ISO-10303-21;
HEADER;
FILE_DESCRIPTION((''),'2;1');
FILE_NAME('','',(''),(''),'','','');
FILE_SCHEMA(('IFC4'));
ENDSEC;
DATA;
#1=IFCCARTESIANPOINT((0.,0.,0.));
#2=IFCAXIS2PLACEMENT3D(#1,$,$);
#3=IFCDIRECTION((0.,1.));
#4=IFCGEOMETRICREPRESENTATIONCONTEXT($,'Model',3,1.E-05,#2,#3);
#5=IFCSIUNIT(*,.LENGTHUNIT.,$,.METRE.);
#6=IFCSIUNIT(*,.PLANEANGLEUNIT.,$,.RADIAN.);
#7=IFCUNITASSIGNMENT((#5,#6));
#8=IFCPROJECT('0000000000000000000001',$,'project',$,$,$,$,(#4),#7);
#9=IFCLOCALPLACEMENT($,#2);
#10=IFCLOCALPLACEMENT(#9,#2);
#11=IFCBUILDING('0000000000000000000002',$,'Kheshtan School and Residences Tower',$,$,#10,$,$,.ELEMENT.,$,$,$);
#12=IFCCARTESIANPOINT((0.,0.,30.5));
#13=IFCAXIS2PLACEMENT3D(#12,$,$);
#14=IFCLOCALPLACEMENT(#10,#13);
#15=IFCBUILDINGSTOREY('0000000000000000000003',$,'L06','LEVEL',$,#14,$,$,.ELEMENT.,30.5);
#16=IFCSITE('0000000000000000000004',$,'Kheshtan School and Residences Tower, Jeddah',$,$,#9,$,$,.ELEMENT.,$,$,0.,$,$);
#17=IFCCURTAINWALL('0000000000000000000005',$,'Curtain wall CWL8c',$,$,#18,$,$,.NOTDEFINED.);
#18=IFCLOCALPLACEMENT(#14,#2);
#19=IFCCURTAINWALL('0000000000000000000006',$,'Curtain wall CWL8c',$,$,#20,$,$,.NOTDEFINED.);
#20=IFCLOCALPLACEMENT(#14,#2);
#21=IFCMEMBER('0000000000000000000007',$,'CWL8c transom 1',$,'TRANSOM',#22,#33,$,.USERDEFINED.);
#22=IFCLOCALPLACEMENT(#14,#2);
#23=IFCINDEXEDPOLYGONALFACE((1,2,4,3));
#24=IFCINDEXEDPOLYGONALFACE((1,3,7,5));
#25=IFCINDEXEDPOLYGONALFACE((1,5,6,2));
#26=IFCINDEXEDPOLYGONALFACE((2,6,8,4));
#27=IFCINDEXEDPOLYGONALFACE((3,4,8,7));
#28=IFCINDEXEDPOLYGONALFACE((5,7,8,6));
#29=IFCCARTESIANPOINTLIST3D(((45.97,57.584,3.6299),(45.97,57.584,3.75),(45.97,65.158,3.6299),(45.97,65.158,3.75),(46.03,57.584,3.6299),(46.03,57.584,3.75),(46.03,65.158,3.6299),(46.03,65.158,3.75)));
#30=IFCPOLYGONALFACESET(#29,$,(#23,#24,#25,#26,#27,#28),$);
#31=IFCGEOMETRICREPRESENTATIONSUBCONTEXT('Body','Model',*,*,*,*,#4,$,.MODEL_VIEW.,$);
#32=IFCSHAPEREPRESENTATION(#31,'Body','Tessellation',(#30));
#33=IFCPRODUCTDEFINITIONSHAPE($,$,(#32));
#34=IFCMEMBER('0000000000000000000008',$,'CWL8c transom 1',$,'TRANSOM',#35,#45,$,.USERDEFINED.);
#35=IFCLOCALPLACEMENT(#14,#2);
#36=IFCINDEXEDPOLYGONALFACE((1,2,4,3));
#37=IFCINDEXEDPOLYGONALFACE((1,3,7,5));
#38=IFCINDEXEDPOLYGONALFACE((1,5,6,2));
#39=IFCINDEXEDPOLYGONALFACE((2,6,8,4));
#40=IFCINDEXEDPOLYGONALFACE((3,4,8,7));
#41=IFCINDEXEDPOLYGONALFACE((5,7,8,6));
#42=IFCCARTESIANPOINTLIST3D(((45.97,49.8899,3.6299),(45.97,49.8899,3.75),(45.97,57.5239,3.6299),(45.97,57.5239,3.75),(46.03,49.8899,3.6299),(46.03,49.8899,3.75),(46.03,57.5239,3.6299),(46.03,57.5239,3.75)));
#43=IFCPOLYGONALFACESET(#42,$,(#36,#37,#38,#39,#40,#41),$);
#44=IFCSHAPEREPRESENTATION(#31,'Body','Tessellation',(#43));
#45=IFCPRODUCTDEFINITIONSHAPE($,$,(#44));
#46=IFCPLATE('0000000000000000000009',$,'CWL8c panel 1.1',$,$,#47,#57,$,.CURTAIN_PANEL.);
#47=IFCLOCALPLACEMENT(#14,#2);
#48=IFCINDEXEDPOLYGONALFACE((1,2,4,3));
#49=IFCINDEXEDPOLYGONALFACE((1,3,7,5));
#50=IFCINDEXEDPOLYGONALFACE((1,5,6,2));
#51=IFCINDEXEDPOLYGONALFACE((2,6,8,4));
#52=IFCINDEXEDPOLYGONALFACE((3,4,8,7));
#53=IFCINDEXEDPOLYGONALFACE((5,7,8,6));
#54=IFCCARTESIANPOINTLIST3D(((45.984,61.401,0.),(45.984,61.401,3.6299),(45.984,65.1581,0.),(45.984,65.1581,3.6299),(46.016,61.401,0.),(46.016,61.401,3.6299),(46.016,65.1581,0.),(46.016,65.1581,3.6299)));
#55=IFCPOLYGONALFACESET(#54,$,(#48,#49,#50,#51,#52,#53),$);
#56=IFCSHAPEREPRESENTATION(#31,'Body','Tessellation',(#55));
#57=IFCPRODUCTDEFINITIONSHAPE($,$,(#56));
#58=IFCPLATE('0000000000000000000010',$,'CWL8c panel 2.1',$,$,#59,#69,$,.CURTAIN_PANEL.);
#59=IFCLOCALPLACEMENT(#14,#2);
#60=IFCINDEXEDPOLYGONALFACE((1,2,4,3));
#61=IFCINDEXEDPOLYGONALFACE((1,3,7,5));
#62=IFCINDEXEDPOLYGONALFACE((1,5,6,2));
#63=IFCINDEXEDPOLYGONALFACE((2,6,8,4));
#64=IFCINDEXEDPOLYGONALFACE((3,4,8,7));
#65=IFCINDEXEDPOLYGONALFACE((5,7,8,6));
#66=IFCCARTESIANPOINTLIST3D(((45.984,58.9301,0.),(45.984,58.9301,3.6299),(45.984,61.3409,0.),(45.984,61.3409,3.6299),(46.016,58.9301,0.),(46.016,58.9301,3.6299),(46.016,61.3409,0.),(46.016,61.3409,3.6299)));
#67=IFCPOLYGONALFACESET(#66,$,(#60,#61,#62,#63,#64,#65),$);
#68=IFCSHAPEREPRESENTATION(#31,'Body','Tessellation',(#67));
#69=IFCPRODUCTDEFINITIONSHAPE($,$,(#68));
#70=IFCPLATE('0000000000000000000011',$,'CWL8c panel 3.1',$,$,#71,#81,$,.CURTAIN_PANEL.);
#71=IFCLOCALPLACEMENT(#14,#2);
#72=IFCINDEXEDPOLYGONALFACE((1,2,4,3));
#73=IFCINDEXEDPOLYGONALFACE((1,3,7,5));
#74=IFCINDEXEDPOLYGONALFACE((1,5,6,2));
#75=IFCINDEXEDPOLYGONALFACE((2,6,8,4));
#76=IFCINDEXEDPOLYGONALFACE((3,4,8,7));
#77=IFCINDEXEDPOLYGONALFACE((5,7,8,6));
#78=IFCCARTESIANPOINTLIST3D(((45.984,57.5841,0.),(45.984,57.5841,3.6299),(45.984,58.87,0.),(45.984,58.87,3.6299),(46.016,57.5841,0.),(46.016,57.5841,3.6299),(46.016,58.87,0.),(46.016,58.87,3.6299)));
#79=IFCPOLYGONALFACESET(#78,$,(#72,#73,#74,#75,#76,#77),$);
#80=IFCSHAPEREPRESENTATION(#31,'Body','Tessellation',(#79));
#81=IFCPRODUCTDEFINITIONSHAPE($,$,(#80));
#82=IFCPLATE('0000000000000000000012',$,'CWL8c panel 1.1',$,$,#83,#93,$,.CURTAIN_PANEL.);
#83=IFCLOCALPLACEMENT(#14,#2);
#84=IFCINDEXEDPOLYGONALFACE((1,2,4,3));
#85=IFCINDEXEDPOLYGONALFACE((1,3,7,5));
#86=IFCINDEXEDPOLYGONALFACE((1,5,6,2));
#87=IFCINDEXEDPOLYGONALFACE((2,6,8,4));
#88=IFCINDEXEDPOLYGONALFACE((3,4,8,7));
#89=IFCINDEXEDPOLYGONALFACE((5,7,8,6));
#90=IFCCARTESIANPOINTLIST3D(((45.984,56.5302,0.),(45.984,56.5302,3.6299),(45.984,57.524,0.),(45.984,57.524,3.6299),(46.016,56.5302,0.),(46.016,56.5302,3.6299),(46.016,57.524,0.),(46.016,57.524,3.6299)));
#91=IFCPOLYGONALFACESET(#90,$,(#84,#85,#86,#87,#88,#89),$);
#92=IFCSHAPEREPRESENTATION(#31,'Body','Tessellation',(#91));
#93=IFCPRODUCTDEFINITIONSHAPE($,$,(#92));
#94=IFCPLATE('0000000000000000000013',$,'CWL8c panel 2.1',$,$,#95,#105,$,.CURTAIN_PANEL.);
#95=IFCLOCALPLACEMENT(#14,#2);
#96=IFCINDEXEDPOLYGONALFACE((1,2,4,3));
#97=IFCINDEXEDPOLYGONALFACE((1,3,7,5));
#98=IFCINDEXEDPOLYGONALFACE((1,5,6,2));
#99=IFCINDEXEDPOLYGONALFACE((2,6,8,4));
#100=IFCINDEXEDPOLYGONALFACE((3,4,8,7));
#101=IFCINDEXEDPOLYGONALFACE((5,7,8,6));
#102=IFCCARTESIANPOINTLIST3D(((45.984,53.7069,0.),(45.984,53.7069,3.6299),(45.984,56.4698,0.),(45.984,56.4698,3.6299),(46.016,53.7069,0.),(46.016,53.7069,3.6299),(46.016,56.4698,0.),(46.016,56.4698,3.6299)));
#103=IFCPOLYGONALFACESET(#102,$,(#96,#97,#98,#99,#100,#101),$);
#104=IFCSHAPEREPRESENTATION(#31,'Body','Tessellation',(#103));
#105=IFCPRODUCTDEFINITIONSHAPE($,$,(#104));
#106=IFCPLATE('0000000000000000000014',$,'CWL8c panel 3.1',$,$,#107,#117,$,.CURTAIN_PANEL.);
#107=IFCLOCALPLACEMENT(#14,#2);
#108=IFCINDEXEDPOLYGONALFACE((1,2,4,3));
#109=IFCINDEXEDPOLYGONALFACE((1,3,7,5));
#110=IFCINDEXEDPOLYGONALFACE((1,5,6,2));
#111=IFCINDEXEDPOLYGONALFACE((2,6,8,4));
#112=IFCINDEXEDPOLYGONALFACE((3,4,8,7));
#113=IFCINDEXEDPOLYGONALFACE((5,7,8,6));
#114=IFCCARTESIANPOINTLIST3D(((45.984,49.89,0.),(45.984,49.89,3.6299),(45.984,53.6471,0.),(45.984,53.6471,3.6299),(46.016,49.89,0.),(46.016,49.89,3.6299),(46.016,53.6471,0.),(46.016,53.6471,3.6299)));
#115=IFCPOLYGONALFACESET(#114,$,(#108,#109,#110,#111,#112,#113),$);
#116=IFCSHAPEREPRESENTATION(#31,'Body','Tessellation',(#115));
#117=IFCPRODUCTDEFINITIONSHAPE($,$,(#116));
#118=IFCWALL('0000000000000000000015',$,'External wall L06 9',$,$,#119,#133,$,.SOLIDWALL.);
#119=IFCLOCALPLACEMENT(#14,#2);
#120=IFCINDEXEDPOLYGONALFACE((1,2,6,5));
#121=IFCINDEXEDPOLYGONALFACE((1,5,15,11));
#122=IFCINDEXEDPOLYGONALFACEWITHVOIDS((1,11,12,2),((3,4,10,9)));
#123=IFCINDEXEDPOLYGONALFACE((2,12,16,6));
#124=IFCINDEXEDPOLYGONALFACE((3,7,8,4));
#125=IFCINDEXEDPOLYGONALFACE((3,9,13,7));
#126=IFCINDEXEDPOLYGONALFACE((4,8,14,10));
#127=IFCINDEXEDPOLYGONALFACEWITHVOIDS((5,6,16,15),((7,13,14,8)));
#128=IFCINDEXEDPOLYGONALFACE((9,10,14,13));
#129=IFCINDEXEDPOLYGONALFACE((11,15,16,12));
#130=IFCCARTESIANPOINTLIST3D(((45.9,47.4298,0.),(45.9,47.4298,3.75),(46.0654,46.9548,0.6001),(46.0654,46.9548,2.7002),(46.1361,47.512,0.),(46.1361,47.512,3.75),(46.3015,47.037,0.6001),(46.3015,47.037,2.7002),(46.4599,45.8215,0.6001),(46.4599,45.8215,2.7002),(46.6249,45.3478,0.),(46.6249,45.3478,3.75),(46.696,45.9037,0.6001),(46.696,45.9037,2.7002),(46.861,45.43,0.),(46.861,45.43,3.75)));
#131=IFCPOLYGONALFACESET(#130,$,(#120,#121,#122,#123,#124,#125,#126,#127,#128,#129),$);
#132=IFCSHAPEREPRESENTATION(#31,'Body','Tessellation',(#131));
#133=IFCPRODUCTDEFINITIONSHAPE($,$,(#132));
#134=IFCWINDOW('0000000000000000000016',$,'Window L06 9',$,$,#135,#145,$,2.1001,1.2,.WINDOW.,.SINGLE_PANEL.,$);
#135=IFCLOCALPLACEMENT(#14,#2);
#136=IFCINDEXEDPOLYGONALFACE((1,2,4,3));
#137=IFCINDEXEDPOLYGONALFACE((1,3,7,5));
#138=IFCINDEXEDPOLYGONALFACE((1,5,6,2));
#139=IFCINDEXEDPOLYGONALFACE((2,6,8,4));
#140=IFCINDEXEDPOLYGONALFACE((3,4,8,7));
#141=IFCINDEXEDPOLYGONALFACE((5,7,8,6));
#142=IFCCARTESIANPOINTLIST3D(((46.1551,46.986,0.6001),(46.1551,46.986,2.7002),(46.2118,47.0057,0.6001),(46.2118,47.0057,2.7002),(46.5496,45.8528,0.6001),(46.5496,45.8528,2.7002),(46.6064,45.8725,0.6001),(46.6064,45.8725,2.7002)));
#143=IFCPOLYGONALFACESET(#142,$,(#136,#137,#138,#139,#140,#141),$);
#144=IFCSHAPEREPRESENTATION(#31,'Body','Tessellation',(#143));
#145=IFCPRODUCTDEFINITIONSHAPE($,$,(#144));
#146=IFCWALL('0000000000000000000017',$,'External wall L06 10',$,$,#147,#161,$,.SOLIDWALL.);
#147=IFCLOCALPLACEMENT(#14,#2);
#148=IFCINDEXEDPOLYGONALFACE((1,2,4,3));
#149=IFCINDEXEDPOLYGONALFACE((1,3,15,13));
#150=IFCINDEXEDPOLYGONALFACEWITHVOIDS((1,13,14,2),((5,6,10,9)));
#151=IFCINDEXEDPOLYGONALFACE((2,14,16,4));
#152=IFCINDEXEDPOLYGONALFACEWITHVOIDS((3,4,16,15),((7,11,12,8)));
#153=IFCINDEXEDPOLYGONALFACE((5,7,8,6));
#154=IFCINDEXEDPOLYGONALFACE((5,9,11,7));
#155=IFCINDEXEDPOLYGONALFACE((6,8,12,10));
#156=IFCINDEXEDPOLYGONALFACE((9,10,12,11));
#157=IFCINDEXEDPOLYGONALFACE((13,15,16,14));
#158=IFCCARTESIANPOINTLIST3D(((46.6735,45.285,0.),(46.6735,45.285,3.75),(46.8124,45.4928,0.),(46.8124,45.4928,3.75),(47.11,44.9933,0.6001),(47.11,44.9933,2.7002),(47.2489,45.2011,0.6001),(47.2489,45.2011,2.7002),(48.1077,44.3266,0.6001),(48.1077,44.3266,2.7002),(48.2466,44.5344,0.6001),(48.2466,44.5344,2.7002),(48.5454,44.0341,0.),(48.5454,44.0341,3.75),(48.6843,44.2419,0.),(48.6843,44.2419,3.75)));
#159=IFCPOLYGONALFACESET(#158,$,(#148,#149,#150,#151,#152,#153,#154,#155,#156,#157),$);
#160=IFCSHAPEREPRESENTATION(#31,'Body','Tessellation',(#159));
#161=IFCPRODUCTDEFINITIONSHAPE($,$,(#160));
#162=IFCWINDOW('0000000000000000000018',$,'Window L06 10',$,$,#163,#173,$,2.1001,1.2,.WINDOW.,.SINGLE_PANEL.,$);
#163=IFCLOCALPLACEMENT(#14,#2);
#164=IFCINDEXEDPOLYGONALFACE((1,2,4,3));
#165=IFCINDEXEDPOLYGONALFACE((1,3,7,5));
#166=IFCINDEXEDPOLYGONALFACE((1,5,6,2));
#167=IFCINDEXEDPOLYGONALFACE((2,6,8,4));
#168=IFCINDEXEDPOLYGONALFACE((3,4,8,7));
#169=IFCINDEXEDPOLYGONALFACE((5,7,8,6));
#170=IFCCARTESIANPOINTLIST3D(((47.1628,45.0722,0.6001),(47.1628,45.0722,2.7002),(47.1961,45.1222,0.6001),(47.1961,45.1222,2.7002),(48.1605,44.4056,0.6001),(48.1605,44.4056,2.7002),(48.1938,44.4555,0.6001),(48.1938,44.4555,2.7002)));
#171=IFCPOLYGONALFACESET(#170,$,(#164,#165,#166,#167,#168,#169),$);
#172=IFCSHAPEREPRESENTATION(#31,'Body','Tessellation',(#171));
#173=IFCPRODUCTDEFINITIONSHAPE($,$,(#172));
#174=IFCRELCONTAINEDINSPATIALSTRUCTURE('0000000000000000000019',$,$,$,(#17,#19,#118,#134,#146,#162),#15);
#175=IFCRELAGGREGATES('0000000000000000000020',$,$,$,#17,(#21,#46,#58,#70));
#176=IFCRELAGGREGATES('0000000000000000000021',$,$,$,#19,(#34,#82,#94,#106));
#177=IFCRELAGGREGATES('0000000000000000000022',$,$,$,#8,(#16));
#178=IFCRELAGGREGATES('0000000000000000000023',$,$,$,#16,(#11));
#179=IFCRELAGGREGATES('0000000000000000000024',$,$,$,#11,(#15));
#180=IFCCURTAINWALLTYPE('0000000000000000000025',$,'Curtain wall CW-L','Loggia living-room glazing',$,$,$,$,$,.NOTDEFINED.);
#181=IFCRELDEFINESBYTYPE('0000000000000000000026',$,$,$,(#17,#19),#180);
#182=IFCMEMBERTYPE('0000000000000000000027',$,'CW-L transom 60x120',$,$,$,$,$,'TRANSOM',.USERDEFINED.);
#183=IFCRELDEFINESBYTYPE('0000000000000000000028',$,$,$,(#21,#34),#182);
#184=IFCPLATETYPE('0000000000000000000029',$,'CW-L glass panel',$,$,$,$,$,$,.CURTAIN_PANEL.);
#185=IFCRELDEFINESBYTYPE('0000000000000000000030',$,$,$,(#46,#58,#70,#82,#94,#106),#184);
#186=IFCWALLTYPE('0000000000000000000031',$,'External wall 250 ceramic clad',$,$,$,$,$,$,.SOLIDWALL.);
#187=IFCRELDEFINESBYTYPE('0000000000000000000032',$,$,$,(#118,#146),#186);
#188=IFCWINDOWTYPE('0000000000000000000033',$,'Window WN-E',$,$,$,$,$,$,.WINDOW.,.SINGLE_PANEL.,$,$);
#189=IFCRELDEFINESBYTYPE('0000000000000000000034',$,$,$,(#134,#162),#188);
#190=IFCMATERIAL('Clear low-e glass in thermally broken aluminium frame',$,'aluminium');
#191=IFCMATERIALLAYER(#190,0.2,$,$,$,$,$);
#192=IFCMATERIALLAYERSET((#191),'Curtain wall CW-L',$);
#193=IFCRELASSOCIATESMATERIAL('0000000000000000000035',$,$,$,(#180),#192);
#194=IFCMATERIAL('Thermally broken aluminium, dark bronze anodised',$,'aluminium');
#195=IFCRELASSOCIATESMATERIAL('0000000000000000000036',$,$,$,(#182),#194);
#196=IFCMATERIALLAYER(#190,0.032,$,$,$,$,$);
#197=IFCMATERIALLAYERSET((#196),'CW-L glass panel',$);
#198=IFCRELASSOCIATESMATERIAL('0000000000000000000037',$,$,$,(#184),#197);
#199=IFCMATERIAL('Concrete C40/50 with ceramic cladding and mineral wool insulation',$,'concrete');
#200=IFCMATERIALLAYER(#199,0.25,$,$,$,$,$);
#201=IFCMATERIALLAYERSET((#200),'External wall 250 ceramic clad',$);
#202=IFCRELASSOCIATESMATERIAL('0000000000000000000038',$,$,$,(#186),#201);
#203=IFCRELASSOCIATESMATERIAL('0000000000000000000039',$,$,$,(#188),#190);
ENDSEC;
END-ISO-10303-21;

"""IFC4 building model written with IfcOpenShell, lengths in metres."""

from ifc_helpers import new_model, si_unit, direction, frame, frame_2d, origin, origin_2d, place, context, subcontext, project, spatial, rectangle, extrude, source, transform, mapped, material, layer, layer_set, material_profile, profile_set, type_object, element, fill, aggregate, save


model = new_model("IFC4")

# Units and contexts
model_context = context("Model", 3, precision=1e-05, world=origin(), true_north=direction((0.0, 1.0)))
body_context = subcontext(model_context, "Body", "Model", "MODEL_VIEW")
ifc_project = project(units=[si_unit("LENGTHUNIT", "METRE"), si_unit("PLANEANGLEUNIT", "RADIAN")], contexts=[model_context])

# Site, building, storey
site_placement = place(None, origin())
site = spatial("IfcSite", under=ifc_project, at=site_placement, Name="Kheshtan School and Residences Tower, Jeddah", CompositionType="ELEMENT", RefElevation=0.0)
building_placement = place(site_placement, origin())
building = spatial("IfcBuilding", under=site, at=building_placement, Name="Kheshtan School and Residences Tower", CompositionType="ELEMENT")
storey_placement = place(building_placement, frame((0.0, 0.0, 30.5)))
storey = spatial("IfcBuildingStorey", under=building, at=storey_placement, Name="L06", Description="LEVEL", CompositionType="ELEMENT", Elevation=30.5)

# Curtain walls
ifc_material_1 = material(Name="Clear low-e glass in thermally broken aluminium frame", Category="aluminium")
ifc_layer_1 = layer(ifc_material_1, 0.2)
ifc_layer_set_1 = layer_set([ifc_layer_1], Name="Curtain wall CW-L")
curtain_wall_type = type_object("IfcCurtainWallType", Name="Curtain wall CW-L", Description="Loggia living-room glazing", PredefinedType="NOTDEFINED", material=ifc_layer_set_1)
curtain_wall_1_placement = place(storey_placement, origin())
curtain_wall_1 = element("IfcCurtainWall", 1, at=curtain_wall_1_placement, inside=storey, type_object=curtain_wall_type, Name="Curtain wall CWL8c", PredefinedType="NOTDEFINED")
ifc_material_2 = material(Name="Thermally broken aluminium, dark bronze anodised", Category="aluminium")
curtain_wall_2_placement = place(storey_placement, origin())
curtain_wall_2 = element("IfcCurtainWall", 2, at=curtain_wall_2_placement, inside=storey, type_object=curtain_wall_type, Name="Curtain wall CWL8c", PredefinedType="NOTDEFINED")

# Members
ifc_material_profile_1 = material_profile(ifc_material_2, rectangle(XDim=0.0601, YDim=0.1201, at=origin_2d()), Name="CW-L transom 60x120")
ifc_profile_set_1 = profile_set([ifc_material_profile_1], Name="Thermally broken aluminium, dark bronze anodised")
member_type_1 = type_object("IfcMemberType", Name="CW-L transom 60x120", ElementType="TRANSOM", PredefinedType="USERDEFINED", material=ifc_profile_set_1)
member_1_placement = place(storey_placement, frame((46.0, 65.158, 3.6899), z_axis=(0.0, -1.0, 0.0), x_axis=(1.0, 0.0, 0.0)))
member_1 = element("IfcMember", 3, at=member_1_placement, type_object=member_type_1, Name="CWL8c transom 1", ObjectType="TRANSOM", PredefinedType="USERDEFINED", context=body_context, shape_type="SweptSolid", body=[
    extrude(rectangle(XDim=0.0601, YDim=0.1201, at=origin_2d()), origin(), (0.0, 0.0, 1.0), 7.574),
])
member_2_placement = place(storey_placement, frame((46.0, 57.5239, 3.6899), z_axis=(0.0, -1.0, 0.0), x_axis=(1.0, 0.0, 0.0)))
member_2 = element("IfcMember", 4, at=member_2_placement, type_object=member_type_1, Name="CWL8c transom 1", ObjectType="TRANSOM", PredefinedType="USERDEFINED", context=body_context, shape_type="SweptSolid", body=[
    extrude(rectangle(XDim=0.0601, YDim=0.1201, at=origin_2d()), origin(), (0.0, 0.0, 1.0), 7.634),
])

# Plates
ifc_layer_2 = layer(ifc_material_1, 0.032)
ifc_layer_set_2 = layer_set([ifc_layer_2], Name="CW-L glass panel")
plate_type = type_object("IfcPlateType", Name="CW-L glass panel", PredefinedType="CURTAIN_PANEL", material=ifc_layer_set_2)
plate_1_placement = place(storey_placement, frame((46.0, 63.2795, 0.0), z_axis=(0.0, 0.0, 1.0), x_axis=(0.0, -1.0, 0.0)))
plate_1 = element("IfcPlate", 5, at=plate_1_placement, type_object=plate_type, Name="CWL8c panel 1.1", PredefinedType="CURTAIN_PANEL", context=body_context, shape_type="SweptSolid", body=[
    extrude(rectangle(XDim=3.7571, YDim=0.032, at=origin_2d()), origin(), (0.0, 0.0, 1.0), 3.6299),
])
plate_2_placement = place(storey_placement, frame((46.0, 60.1355, 0.0), z_axis=(0.0, 0.0, 1.0), x_axis=(0.0, -1.0, 0.0)))
plate_2 = element("IfcPlate", 6, at=plate_2_placement, type_object=plate_type, Name="CWL8c panel 2.1", PredefinedType="CURTAIN_PANEL", context=body_context, shape_type="SweptSolid", body=[
    extrude(rectangle(XDim=2.4109, YDim=0.032, at=origin_2d()), origin(), (0.0, 0.0, 1.0), 3.6299),
])
plate_3_placement = place(storey_placement, frame((46.0, 58.2271, 0.0), z_axis=(0.0, 0.0, 1.0), x_axis=(0.0, -1.0, 0.0)))
plate_3 = element("IfcPlate", 7, at=plate_3_placement, type_object=plate_type, Name="CWL8c panel 3.1", PredefinedType="CURTAIN_PANEL", context=body_context, shape_type="SweptSolid", body=[
    extrude(rectangle(XDim=1.2859, YDim=0.032, at=origin_2d()), origin(), (0.0, 0.0, 1.0), 3.6299),
])
aggregate(curtain_wall_1, [member_1, plate_1, plate_2, plate_3])
plate_4_placement = place(storey_placement, frame((46.0, 57.0271, 0.0), z_axis=(0.0, 0.0, 1.0), x_axis=(0.0, -1.0, 0.0)))
plate_4 = element("IfcPlate", 8, at=plate_4_placement, type_object=plate_type, Name="CWL8c panel 1.1", PredefinedType="CURTAIN_PANEL", context=body_context, shape_type="SweptSolid", body=[
    extrude(rectangle(XDim=0.9939, YDim=0.032, at=origin_2d()), origin(), (0.0, 0.0, 1.0), 3.6299),
])
plate_5_placement = place(storey_placement, frame((46.0, 55.0884, 0.0), z_axis=(0.0, 0.0, 1.0), x_axis=(0.0, -1.0, 0.0)))
plate_5 = element("IfcPlate", 9, at=plate_5_placement, type_object=plate_type, Name="CWL8c panel 2.1", PredefinedType="CURTAIN_PANEL", context=body_context, shape_type="SweptSolid", body=[
    extrude(rectangle(XDim=2.7629, YDim=0.032, at=origin_2d()), origin(), (0.0, 0.0, 1.0), 3.6299),
])
plate_6_placement = place(storey_placement, frame((46.0, 51.7686, 0.0), z_axis=(0.0, 0.0, 1.0), x_axis=(0.0, -1.0, 0.0)))
plate_6 = element("IfcPlate", 10, at=plate_6_placement, type_object=plate_type, Name="CWL8c panel 3.1", PredefinedType="CURTAIN_PANEL", context=body_context, shape_type="SweptSolid", body=[
    extrude(rectangle(XDim=3.7571, YDim=0.032, at=origin_2d()), origin(), (0.0, 0.0, 1.0), 3.6299),
])
aggregate(curtain_wall_2, [member_2, plate_4, plate_5, plate_6])

# Walls, openings, windows
ifc_material_3 = material(Name="Concrete C40/50 with ceramic cladding and mineral wool insulation", Category="concrete")
ifc_layer_3 = layer(ifc_material_3, 0.25)
ifc_layer_set_3 = layer_set([ifc_layer_3], Name="External wall 250 ceramic clad")
wall_type_1 = type_object("IfcWallType", Name="External wall 250 ceramic clad", PredefinedType="SOLIDWALL", material=ifc_layer_set_3)
wall_1_placement = place(storey_placement, frame((46.0181, 47.4709, 0.0), z_axis=(0.0, 0.0, 1.0), x_axis=(0.328791, -0.944403, 0.0)))
wall_1 = element("IfcWall", 11, at=wall_1_placement, inside=storey, type_object=wall_type_1, Name="External wall L06 9", PredefinedType="SOLIDWALL", context=body_context, shape_type="SweptSolid", body=[
    extrude(rectangle(XDim=2.2046, YDim=0.25, at=frame_2d((1.1023, 0.0))), origin(), (0.0, 0.0, 1.0), 3.75),
])
opening_1_placement = place(wall_1_placement, frame((0.5029, 0.0, 0.6001)))
opening_1 = element("IfcOpeningElement", 12, at=opening_1_placement, cuts=wall_1, PredefinedType="OPENING", context=body_context, shape_type="SweptSolid", body=[
    extrude(rectangle(XDim=1.2, YDim=2.1001, at=frame_2d((0.6001, 1.05))), frame((0.0, 0.135, 0.0), z_axis=(0.0, -1.0, 0.0), x_axis=(1.0, 0.0, 0.0)), (0.0, 0.0, 1.0), 0.27),
])
window_type = type_object("IfcWindowType", Name="Window WN-E", PartitioningType="SINGLE_PANEL", PredefinedType="WINDOW", material=ifc_material_1)
shared_shape_1 = source(origin(), body_context, "Body", "SweptSolid", [
    extrude(rectangle(XDim=1.2, YDim=2.1001, at=frame_2d((0.6001, 1.05))), frame((0.0, 0.03, 0.0), z_axis=(0.0, -1.0, 0.0), x_axis=(1.0, 0.0, 0.0)), (0.0, 0.0, 1.0), 0.0601),
])
window_1_placement = place(opening_1_placement, origin())
window_1 = element("IfcWindow", 13, at=window_1_placement, inside=storey, type_object=window_type, Name="Window L06 9", OverallHeight=2.1001, OverallWidth=1.2, PartitioningType="SINGLE_PANEL", PredefinedType="WINDOW", context=body_context, shape_type="MappedRepresentation", body=[
    mapped(shared_shape_1, transform((0.0, 0.0, 0.0), x_axis=(1.0, 0.0, 0.0), y_axis=(0.0, 1.0, 0.0), z_axis=(0.0, 0.0, 1.0), scale=1.0)),
])
fill(opening_1, window_1)
wall_2_placement = place(storey_placement, frame((46.7429, 45.3889, 0.0), z_axis=(0.0, 0.0, 1.0), x_axis=(0.831449, -0.555601, 0.0)))
wall_2 = element("IfcWall", 14, at=wall_2_placement, inside=storey, type_object=wall_type_1, Name="External wall L06 10", PredefinedType="SOLIDWALL", context=body_context, shape_type="SweptSolid", body=[
    extrude(rectangle(XDim=2.2515, YDim=0.25, at=frame_2d((1.1257, 0.0))), origin(), (0.0, 0.0, 1.0), 3.75),
])
opening_2_placement = place(wall_2_placement, frame((0.5249, 0.0, 0.6001)))
opening_2 = element("IfcOpeningElement", 15, at=opening_2_placement, cuts=wall_2, PredefinedType="OPENING", context=body_context, shape_type="SweptSolid", body=[
    extrude(rectangle(XDim=1.2, YDim=2.1001, at=frame_2d((0.6001, 1.05))), frame((0.0, 0.135, 0.0), z_axis=(0.0, -1.0, 0.0), x_axis=(1.0, 0.0, 0.0)), (0.0, 0.0, 1.0), 0.27),
])
window_2_placement = place(opening_2_placement, origin())
window_2 = element("IfcWindow", 16, at=window_2_placement, inside=storey, type_object=window_type, Name="Window L06 10", OverallHeight=2.1001, OverallWidth=1.2, PartitioningType="SINGLE_PANEL", PredefinedType="WINDOW", context=body_context, shape_type="MappedRepresentation", body=[
    mapped(shared_shape_1, transform((0.0, 0.0, 0.0), x_axis=(1.0, 0.0, 0.0), y_axis=(0.0, 1.0, 0.0), z_axis=(0.0, 0.0, 1.0), scale=1.0)),
])
fill(opening_2, window_2)

save(model, "model.ifc")
